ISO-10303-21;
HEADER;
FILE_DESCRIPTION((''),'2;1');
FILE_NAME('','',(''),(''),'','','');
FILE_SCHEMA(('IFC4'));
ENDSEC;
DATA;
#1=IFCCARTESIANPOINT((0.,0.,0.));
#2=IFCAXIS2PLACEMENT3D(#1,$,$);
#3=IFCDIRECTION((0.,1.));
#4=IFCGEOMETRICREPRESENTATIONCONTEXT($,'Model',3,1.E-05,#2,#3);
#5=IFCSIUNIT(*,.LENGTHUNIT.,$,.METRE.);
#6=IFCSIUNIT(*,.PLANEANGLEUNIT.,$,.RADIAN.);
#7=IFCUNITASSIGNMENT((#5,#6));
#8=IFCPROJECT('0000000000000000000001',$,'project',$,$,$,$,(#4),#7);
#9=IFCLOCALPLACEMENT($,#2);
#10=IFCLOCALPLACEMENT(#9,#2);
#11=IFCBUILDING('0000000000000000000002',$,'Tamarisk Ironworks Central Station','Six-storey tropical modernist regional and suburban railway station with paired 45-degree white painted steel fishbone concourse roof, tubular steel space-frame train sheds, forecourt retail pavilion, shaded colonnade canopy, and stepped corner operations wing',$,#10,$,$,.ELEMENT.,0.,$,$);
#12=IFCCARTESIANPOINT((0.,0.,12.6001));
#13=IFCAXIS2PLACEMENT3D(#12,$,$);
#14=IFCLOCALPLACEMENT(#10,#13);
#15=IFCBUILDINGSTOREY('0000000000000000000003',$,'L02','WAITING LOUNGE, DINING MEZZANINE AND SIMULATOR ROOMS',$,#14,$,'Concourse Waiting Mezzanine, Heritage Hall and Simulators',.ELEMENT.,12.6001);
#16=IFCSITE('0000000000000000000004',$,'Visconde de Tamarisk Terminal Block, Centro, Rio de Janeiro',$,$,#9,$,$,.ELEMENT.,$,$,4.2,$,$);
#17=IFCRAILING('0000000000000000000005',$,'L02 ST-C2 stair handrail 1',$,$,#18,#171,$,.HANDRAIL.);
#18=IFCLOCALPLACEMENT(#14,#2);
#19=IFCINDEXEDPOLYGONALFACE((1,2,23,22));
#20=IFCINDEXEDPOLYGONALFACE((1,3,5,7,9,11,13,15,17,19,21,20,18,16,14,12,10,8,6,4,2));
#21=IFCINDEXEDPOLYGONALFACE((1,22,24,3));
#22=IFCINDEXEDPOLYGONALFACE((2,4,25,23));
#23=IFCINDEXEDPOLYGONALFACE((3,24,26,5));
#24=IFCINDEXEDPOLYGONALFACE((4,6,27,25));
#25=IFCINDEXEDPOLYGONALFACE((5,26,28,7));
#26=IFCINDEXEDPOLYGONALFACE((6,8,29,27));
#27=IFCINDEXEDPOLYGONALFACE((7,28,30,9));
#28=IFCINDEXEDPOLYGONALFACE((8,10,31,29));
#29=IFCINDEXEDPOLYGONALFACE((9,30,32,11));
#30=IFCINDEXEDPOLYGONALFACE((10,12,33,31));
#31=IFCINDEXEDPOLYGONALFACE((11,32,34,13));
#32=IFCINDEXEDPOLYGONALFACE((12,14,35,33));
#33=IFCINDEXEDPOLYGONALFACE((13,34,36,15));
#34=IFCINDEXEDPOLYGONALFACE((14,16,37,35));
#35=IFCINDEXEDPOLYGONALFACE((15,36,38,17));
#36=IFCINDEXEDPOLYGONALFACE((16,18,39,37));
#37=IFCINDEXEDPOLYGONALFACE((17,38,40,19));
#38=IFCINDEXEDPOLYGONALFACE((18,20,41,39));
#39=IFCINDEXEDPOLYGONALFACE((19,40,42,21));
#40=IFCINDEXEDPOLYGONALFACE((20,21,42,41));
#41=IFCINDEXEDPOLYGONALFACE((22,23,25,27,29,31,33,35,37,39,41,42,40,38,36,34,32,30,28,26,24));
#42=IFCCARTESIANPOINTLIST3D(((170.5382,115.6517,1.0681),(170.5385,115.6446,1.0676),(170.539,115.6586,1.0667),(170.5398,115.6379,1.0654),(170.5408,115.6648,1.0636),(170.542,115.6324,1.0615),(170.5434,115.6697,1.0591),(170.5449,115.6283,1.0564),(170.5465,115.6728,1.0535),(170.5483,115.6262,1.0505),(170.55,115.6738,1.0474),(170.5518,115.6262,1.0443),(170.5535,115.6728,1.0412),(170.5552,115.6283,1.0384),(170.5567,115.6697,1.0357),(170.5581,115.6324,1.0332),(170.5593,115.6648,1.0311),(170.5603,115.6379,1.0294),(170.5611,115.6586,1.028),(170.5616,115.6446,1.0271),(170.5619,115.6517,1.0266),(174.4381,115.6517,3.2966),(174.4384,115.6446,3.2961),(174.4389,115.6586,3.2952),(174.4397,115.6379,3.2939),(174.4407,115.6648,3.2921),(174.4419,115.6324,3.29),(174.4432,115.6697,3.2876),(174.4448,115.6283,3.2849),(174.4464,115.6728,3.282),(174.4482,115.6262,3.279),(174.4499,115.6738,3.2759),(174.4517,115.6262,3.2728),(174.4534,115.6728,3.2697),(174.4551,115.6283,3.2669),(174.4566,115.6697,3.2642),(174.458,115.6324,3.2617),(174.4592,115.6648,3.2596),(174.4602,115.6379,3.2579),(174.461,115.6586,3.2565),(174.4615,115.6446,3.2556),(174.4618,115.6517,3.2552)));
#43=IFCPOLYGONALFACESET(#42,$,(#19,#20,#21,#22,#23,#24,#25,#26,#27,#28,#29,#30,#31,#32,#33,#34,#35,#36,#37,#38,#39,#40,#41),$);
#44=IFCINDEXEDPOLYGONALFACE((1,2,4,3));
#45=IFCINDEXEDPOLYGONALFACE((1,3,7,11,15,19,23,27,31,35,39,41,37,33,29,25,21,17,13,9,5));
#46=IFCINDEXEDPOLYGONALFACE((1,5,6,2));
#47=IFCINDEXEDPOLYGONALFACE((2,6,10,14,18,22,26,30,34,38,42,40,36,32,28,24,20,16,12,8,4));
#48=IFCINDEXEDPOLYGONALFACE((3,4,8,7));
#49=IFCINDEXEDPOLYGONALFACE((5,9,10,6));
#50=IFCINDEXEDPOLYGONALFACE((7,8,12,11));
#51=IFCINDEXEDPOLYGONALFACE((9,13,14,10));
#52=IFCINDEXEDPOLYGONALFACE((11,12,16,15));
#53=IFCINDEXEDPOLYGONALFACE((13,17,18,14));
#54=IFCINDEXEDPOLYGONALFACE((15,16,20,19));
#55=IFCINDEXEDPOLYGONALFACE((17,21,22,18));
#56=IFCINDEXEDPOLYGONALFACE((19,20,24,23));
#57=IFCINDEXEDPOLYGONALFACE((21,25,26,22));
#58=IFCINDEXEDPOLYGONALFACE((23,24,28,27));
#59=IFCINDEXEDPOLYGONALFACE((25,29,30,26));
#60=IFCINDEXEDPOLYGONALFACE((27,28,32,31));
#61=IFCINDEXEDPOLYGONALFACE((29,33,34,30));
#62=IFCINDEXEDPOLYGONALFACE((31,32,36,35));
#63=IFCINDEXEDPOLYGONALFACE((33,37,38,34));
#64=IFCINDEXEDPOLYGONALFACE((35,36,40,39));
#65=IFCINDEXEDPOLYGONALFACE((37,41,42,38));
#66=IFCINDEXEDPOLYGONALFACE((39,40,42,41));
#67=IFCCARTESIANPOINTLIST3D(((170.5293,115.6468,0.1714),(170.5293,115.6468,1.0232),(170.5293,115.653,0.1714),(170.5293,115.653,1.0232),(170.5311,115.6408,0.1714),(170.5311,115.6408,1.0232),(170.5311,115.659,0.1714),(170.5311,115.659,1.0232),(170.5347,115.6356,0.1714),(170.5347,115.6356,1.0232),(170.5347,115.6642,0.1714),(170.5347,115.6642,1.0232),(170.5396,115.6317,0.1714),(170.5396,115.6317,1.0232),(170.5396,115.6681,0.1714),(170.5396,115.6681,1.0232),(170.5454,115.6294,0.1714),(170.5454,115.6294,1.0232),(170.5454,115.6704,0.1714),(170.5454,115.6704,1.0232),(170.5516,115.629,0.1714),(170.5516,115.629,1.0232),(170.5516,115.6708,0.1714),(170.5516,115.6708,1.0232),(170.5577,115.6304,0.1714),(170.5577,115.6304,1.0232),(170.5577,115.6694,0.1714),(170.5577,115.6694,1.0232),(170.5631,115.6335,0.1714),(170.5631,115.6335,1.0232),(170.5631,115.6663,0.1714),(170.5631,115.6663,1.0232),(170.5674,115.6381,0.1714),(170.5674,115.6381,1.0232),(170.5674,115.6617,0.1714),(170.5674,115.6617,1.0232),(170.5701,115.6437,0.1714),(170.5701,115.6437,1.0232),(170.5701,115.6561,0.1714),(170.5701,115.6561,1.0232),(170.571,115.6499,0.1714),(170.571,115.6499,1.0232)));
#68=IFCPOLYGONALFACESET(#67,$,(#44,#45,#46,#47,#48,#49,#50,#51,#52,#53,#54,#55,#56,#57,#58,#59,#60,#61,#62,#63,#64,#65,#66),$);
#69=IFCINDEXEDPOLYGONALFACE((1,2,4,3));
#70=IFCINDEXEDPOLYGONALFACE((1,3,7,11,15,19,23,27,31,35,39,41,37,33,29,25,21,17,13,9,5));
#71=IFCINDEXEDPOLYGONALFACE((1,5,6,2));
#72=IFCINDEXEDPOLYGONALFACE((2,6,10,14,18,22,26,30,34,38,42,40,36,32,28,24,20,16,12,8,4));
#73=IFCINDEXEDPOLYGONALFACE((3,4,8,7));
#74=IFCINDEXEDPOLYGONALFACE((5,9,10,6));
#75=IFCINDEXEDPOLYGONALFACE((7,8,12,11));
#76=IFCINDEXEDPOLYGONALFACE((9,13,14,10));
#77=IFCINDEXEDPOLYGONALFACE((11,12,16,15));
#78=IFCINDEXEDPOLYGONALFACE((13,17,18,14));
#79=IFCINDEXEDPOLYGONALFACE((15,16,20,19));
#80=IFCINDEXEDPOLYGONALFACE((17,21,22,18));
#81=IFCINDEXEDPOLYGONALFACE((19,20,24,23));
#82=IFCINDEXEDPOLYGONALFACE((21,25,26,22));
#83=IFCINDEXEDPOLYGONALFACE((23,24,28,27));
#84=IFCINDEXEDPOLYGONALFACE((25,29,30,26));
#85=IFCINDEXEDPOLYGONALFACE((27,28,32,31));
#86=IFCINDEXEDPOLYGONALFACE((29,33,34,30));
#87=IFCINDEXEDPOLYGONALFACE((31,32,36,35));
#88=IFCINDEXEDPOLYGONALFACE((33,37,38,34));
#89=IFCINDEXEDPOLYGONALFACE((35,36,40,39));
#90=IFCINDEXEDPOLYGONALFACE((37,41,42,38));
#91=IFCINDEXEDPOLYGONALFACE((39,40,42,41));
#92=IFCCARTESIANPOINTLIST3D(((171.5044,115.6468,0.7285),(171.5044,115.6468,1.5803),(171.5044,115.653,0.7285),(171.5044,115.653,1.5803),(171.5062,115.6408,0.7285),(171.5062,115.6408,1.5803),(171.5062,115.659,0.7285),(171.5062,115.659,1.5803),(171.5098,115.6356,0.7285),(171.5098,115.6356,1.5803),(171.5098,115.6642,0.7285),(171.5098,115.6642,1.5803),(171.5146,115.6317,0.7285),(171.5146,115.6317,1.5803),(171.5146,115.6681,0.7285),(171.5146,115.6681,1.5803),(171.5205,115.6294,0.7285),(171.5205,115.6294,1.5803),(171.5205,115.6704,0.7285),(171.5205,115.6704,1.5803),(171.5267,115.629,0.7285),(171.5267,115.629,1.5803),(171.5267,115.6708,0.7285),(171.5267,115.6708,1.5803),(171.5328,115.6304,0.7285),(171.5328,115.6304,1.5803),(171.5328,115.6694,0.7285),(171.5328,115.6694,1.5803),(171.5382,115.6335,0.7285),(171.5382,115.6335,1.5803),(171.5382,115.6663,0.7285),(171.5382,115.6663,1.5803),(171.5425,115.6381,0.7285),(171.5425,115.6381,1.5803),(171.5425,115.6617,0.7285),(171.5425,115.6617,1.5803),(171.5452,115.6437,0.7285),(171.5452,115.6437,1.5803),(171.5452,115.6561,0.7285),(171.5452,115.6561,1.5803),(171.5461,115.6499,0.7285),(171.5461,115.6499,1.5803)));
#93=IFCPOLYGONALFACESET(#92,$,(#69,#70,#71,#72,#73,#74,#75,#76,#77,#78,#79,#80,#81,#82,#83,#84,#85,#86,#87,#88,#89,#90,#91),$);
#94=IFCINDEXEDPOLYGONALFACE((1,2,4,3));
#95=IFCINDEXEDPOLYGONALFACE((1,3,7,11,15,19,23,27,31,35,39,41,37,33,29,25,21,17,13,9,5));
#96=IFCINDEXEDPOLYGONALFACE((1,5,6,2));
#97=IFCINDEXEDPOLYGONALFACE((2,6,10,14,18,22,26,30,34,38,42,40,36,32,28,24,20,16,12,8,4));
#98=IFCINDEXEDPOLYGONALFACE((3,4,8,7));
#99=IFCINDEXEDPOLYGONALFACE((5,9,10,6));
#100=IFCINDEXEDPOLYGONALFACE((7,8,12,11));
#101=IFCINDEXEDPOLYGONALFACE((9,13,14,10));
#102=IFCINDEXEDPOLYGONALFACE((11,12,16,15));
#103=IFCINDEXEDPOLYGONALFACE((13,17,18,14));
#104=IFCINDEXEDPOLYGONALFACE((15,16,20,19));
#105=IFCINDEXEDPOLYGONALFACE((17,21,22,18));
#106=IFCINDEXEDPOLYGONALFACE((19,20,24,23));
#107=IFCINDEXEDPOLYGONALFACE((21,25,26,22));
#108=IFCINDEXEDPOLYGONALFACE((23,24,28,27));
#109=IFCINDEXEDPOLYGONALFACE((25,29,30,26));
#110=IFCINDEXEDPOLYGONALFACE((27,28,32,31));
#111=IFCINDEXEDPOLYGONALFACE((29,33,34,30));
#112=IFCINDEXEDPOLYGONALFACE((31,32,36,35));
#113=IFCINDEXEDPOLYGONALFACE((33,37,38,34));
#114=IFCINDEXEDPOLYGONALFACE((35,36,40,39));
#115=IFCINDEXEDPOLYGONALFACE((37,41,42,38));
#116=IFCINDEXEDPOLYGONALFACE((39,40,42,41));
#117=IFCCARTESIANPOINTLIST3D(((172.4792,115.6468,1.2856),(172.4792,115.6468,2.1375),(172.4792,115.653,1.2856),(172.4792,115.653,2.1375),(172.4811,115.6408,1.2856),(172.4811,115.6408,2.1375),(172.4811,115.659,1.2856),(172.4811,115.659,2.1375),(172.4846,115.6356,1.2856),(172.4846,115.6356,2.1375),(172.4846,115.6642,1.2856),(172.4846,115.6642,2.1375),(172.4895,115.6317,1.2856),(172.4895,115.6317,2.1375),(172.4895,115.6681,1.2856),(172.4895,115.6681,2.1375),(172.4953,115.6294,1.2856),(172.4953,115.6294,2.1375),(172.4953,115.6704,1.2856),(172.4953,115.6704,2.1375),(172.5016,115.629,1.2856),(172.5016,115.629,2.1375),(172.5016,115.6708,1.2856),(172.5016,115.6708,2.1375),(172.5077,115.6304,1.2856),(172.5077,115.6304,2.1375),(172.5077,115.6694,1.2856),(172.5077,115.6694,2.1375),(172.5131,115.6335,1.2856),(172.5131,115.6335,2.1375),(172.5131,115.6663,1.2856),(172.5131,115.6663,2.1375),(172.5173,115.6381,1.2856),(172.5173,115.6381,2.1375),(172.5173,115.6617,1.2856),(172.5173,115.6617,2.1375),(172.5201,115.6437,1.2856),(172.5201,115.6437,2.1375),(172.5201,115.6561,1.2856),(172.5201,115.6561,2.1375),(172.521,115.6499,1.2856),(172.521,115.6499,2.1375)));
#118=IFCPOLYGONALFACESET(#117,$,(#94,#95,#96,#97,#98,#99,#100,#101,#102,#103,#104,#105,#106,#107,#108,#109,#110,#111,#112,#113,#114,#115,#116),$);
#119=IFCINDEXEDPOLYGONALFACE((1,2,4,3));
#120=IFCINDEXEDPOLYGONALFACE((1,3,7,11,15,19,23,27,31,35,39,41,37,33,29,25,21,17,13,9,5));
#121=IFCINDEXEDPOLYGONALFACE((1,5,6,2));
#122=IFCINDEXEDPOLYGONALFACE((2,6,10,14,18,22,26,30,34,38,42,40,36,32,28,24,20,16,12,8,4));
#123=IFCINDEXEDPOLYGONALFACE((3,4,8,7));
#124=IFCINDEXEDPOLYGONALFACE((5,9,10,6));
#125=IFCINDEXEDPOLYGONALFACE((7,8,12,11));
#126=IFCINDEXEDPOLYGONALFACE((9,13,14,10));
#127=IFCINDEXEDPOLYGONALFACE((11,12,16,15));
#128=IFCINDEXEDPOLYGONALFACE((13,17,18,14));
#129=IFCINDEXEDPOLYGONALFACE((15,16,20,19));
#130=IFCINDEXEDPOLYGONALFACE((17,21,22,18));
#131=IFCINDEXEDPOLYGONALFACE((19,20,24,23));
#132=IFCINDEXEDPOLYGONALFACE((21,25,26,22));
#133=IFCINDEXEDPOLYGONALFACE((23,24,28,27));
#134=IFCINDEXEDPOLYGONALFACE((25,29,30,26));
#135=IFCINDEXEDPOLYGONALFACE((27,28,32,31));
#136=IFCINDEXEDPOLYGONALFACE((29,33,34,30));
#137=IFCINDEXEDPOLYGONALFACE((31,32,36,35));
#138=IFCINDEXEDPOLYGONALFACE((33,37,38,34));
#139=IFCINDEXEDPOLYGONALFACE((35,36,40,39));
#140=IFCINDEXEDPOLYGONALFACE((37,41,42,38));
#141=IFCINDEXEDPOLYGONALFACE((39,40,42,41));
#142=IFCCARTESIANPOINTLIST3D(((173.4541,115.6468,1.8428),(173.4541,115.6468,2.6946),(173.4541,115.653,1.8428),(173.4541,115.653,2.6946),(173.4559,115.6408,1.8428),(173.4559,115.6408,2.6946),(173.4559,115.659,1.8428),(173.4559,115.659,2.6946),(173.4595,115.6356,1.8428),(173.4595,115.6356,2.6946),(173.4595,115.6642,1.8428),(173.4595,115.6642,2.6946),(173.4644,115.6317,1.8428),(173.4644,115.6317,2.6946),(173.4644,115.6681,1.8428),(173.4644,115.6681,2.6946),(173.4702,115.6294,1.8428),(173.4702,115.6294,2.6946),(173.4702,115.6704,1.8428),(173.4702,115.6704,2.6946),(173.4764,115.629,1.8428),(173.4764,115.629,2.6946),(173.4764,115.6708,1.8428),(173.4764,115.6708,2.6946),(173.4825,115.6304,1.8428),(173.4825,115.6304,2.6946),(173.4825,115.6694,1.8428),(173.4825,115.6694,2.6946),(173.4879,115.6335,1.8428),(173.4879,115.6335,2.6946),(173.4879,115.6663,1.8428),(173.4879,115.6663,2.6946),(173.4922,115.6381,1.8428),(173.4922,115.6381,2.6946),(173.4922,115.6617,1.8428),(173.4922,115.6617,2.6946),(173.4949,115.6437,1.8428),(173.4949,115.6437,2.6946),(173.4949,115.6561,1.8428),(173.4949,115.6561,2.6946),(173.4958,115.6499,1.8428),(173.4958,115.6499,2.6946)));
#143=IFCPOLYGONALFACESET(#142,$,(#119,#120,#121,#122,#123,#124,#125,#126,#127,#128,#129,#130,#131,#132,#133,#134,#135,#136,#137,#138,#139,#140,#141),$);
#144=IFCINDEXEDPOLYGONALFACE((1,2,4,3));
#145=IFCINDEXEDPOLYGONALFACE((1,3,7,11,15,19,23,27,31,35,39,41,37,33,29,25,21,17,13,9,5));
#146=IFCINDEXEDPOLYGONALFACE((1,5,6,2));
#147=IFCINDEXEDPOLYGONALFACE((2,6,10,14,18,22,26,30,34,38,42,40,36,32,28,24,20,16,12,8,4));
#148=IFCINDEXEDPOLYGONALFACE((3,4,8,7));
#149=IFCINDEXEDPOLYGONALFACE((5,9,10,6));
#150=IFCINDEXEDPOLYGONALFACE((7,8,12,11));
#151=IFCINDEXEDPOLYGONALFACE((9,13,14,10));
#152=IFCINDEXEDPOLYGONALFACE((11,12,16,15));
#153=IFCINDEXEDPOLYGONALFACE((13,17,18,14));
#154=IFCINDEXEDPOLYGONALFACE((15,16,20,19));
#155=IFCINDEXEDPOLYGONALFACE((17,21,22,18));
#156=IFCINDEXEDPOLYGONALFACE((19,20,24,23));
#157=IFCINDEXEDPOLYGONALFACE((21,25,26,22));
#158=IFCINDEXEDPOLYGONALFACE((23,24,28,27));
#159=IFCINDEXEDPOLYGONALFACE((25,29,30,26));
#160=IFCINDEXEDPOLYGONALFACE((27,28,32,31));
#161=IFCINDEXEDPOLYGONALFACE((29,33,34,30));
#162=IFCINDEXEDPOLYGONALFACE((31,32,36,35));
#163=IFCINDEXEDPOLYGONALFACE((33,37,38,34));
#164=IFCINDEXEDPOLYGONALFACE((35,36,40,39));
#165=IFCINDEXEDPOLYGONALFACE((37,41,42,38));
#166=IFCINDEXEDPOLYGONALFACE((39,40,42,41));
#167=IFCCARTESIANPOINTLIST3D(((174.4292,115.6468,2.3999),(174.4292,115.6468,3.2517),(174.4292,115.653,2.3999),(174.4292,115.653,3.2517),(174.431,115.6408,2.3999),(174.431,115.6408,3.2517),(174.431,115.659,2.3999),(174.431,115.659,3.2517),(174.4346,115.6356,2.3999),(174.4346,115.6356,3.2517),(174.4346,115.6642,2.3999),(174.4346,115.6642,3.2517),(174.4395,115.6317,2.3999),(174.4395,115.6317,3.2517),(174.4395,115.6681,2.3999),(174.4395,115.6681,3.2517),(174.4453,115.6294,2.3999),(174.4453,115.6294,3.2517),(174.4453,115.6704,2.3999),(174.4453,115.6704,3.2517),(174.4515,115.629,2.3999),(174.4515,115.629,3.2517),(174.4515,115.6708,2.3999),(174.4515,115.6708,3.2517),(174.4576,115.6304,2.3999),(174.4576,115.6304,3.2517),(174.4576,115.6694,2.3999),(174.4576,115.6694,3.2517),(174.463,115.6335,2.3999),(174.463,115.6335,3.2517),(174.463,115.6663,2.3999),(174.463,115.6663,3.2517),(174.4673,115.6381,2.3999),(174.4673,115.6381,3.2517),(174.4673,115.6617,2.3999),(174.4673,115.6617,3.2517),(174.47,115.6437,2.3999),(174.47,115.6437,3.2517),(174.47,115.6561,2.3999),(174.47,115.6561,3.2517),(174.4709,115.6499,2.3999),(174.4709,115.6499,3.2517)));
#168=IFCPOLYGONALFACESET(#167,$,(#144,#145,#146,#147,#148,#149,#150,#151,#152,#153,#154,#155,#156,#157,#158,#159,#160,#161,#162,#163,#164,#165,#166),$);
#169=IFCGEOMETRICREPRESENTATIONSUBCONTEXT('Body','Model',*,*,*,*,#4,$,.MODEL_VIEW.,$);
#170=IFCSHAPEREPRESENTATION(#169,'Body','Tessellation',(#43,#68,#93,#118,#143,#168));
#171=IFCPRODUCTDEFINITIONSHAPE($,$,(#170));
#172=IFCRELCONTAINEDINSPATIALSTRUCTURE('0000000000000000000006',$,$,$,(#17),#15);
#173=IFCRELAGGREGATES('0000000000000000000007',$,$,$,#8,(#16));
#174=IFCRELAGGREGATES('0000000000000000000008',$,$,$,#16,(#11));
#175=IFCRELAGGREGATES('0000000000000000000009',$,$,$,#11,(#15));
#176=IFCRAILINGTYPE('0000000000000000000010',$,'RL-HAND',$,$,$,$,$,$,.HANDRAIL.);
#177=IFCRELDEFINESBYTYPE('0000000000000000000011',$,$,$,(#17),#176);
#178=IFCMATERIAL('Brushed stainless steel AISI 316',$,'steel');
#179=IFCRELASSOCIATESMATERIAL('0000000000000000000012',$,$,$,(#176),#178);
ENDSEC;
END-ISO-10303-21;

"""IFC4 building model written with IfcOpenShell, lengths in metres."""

from ifc_helpers import new_model, si_unit, direction, frame, origin, origin_2d, place, context, subcontext, project, spatial, circle, extrude, material, type_object, element, save


model = new_model("IFC4")

# Units and contexts
model_context = context("Model", 3, precision=1e-05, world=origin(), true_north=direction((0.0, 1.0)))
body_context = subcontext(model_context, "Body", "Model", "MODEL_VIEW")
ifc_project = project(units=[si_unit("LENGTHUNIT", "METRE"), si_unit("PLANEANGLEUNIT", "RADIAN")], contexts=[model_context])

# Site, building, storey
site_placement = place(None, origin())
site = spatial("IfcSite", under=ifc_project, at=site_placement, Name="Visconde de Tamarisk Terminal Block, Centro, Rio de Janeiro", CompositionType="ELEMENT", RefElevation=4.2)
building_placement = place(site_placement, origin())
building = spatial("IfcBuilding", under=site, at=building_placement, Name="Tamarisk Ironworks Central Station", Description="Six-storey tropical modernist regional and suburban railway station with paired 45-degree white painted steel fishbone concourse roof, tubular steel space-frame train sheds, forecourt retail pavilion, shaded colonnade canopy, and stepped corner operations wing", CompositionType="ELEMENT", ElevationOfRefHeight=0.0)
storey_placement = place(building_placement, frame((0.0, 0.0, 12.6001)))
storey = spatial("IfcBuildingStorey", under=building, at=storey_placement, Name="L02", Description="WAITING LOUNGE, DINING MEZZANINE AND SIMULATOR ROOMS", LongName="Concourse Waiting Mezzanine, Heritage Hall and Simulators", CompositionType="ELEMENT", Elevation=12.6001)

# Railing
ifc_material_1 = material(Name="Brushed stainless steel AISI 316", Category="steel")
railing_type_1 = type_object("IfcRailingType", Name="RL-HAND", PredefinedType="HANDRAIL", material=ifc_material_1)
railing_1_placement = place(storey_placement, frame((170.55, 115.6499, 0.1714)))
element("IfcRailing", 1, at=railing_1_placement, inside=storey, type_object=railing_type_1, Name="L02 ST-C2 stair handrail 1", PredefinedType="HANDRAIL", context=body_context, shape_type="SweptSolid", body=[
    extrude(circle(Radius=0.0239, at=origin_2d()), frame((0.0, 0.0, 0.876), z_axis=(0.868243, 0.0, 0.496139), x_axis=(0.0, 1.0, 0.0)), (0.0, 0.0, 1.0), 4.4917),
    extrude(circle(Radius=0.021, at=origin_2d()), origin(), (0.0, 0.0, 1.0), 0.8518),
    extrude(circle(Radius=0.021, at=origin_2d()), frame((0.9751, 0.0, 0.5571)), (0.0, 0.0, 1.0), 0.8518),
    extrude(circle(Radius=0.021, at=origin_2d()), frame((1.95, 0.0, 1.1143)), (0.0, 0.0, 1.0), 0.8518),
    extrude(circle(Radius=0.021, at=origin_2d()), frame((2.9248, 0.0, 1.6714)), (0.0, 0.0, 1.0), 0.8518),
    extrude(circle(Radius=0.021, at=origin_2d()), frame((3.8999, 0.0, 2.2285)), (0.0, 0.0, 1.0), 0.8518),
])

save(model, "model.ifc")
